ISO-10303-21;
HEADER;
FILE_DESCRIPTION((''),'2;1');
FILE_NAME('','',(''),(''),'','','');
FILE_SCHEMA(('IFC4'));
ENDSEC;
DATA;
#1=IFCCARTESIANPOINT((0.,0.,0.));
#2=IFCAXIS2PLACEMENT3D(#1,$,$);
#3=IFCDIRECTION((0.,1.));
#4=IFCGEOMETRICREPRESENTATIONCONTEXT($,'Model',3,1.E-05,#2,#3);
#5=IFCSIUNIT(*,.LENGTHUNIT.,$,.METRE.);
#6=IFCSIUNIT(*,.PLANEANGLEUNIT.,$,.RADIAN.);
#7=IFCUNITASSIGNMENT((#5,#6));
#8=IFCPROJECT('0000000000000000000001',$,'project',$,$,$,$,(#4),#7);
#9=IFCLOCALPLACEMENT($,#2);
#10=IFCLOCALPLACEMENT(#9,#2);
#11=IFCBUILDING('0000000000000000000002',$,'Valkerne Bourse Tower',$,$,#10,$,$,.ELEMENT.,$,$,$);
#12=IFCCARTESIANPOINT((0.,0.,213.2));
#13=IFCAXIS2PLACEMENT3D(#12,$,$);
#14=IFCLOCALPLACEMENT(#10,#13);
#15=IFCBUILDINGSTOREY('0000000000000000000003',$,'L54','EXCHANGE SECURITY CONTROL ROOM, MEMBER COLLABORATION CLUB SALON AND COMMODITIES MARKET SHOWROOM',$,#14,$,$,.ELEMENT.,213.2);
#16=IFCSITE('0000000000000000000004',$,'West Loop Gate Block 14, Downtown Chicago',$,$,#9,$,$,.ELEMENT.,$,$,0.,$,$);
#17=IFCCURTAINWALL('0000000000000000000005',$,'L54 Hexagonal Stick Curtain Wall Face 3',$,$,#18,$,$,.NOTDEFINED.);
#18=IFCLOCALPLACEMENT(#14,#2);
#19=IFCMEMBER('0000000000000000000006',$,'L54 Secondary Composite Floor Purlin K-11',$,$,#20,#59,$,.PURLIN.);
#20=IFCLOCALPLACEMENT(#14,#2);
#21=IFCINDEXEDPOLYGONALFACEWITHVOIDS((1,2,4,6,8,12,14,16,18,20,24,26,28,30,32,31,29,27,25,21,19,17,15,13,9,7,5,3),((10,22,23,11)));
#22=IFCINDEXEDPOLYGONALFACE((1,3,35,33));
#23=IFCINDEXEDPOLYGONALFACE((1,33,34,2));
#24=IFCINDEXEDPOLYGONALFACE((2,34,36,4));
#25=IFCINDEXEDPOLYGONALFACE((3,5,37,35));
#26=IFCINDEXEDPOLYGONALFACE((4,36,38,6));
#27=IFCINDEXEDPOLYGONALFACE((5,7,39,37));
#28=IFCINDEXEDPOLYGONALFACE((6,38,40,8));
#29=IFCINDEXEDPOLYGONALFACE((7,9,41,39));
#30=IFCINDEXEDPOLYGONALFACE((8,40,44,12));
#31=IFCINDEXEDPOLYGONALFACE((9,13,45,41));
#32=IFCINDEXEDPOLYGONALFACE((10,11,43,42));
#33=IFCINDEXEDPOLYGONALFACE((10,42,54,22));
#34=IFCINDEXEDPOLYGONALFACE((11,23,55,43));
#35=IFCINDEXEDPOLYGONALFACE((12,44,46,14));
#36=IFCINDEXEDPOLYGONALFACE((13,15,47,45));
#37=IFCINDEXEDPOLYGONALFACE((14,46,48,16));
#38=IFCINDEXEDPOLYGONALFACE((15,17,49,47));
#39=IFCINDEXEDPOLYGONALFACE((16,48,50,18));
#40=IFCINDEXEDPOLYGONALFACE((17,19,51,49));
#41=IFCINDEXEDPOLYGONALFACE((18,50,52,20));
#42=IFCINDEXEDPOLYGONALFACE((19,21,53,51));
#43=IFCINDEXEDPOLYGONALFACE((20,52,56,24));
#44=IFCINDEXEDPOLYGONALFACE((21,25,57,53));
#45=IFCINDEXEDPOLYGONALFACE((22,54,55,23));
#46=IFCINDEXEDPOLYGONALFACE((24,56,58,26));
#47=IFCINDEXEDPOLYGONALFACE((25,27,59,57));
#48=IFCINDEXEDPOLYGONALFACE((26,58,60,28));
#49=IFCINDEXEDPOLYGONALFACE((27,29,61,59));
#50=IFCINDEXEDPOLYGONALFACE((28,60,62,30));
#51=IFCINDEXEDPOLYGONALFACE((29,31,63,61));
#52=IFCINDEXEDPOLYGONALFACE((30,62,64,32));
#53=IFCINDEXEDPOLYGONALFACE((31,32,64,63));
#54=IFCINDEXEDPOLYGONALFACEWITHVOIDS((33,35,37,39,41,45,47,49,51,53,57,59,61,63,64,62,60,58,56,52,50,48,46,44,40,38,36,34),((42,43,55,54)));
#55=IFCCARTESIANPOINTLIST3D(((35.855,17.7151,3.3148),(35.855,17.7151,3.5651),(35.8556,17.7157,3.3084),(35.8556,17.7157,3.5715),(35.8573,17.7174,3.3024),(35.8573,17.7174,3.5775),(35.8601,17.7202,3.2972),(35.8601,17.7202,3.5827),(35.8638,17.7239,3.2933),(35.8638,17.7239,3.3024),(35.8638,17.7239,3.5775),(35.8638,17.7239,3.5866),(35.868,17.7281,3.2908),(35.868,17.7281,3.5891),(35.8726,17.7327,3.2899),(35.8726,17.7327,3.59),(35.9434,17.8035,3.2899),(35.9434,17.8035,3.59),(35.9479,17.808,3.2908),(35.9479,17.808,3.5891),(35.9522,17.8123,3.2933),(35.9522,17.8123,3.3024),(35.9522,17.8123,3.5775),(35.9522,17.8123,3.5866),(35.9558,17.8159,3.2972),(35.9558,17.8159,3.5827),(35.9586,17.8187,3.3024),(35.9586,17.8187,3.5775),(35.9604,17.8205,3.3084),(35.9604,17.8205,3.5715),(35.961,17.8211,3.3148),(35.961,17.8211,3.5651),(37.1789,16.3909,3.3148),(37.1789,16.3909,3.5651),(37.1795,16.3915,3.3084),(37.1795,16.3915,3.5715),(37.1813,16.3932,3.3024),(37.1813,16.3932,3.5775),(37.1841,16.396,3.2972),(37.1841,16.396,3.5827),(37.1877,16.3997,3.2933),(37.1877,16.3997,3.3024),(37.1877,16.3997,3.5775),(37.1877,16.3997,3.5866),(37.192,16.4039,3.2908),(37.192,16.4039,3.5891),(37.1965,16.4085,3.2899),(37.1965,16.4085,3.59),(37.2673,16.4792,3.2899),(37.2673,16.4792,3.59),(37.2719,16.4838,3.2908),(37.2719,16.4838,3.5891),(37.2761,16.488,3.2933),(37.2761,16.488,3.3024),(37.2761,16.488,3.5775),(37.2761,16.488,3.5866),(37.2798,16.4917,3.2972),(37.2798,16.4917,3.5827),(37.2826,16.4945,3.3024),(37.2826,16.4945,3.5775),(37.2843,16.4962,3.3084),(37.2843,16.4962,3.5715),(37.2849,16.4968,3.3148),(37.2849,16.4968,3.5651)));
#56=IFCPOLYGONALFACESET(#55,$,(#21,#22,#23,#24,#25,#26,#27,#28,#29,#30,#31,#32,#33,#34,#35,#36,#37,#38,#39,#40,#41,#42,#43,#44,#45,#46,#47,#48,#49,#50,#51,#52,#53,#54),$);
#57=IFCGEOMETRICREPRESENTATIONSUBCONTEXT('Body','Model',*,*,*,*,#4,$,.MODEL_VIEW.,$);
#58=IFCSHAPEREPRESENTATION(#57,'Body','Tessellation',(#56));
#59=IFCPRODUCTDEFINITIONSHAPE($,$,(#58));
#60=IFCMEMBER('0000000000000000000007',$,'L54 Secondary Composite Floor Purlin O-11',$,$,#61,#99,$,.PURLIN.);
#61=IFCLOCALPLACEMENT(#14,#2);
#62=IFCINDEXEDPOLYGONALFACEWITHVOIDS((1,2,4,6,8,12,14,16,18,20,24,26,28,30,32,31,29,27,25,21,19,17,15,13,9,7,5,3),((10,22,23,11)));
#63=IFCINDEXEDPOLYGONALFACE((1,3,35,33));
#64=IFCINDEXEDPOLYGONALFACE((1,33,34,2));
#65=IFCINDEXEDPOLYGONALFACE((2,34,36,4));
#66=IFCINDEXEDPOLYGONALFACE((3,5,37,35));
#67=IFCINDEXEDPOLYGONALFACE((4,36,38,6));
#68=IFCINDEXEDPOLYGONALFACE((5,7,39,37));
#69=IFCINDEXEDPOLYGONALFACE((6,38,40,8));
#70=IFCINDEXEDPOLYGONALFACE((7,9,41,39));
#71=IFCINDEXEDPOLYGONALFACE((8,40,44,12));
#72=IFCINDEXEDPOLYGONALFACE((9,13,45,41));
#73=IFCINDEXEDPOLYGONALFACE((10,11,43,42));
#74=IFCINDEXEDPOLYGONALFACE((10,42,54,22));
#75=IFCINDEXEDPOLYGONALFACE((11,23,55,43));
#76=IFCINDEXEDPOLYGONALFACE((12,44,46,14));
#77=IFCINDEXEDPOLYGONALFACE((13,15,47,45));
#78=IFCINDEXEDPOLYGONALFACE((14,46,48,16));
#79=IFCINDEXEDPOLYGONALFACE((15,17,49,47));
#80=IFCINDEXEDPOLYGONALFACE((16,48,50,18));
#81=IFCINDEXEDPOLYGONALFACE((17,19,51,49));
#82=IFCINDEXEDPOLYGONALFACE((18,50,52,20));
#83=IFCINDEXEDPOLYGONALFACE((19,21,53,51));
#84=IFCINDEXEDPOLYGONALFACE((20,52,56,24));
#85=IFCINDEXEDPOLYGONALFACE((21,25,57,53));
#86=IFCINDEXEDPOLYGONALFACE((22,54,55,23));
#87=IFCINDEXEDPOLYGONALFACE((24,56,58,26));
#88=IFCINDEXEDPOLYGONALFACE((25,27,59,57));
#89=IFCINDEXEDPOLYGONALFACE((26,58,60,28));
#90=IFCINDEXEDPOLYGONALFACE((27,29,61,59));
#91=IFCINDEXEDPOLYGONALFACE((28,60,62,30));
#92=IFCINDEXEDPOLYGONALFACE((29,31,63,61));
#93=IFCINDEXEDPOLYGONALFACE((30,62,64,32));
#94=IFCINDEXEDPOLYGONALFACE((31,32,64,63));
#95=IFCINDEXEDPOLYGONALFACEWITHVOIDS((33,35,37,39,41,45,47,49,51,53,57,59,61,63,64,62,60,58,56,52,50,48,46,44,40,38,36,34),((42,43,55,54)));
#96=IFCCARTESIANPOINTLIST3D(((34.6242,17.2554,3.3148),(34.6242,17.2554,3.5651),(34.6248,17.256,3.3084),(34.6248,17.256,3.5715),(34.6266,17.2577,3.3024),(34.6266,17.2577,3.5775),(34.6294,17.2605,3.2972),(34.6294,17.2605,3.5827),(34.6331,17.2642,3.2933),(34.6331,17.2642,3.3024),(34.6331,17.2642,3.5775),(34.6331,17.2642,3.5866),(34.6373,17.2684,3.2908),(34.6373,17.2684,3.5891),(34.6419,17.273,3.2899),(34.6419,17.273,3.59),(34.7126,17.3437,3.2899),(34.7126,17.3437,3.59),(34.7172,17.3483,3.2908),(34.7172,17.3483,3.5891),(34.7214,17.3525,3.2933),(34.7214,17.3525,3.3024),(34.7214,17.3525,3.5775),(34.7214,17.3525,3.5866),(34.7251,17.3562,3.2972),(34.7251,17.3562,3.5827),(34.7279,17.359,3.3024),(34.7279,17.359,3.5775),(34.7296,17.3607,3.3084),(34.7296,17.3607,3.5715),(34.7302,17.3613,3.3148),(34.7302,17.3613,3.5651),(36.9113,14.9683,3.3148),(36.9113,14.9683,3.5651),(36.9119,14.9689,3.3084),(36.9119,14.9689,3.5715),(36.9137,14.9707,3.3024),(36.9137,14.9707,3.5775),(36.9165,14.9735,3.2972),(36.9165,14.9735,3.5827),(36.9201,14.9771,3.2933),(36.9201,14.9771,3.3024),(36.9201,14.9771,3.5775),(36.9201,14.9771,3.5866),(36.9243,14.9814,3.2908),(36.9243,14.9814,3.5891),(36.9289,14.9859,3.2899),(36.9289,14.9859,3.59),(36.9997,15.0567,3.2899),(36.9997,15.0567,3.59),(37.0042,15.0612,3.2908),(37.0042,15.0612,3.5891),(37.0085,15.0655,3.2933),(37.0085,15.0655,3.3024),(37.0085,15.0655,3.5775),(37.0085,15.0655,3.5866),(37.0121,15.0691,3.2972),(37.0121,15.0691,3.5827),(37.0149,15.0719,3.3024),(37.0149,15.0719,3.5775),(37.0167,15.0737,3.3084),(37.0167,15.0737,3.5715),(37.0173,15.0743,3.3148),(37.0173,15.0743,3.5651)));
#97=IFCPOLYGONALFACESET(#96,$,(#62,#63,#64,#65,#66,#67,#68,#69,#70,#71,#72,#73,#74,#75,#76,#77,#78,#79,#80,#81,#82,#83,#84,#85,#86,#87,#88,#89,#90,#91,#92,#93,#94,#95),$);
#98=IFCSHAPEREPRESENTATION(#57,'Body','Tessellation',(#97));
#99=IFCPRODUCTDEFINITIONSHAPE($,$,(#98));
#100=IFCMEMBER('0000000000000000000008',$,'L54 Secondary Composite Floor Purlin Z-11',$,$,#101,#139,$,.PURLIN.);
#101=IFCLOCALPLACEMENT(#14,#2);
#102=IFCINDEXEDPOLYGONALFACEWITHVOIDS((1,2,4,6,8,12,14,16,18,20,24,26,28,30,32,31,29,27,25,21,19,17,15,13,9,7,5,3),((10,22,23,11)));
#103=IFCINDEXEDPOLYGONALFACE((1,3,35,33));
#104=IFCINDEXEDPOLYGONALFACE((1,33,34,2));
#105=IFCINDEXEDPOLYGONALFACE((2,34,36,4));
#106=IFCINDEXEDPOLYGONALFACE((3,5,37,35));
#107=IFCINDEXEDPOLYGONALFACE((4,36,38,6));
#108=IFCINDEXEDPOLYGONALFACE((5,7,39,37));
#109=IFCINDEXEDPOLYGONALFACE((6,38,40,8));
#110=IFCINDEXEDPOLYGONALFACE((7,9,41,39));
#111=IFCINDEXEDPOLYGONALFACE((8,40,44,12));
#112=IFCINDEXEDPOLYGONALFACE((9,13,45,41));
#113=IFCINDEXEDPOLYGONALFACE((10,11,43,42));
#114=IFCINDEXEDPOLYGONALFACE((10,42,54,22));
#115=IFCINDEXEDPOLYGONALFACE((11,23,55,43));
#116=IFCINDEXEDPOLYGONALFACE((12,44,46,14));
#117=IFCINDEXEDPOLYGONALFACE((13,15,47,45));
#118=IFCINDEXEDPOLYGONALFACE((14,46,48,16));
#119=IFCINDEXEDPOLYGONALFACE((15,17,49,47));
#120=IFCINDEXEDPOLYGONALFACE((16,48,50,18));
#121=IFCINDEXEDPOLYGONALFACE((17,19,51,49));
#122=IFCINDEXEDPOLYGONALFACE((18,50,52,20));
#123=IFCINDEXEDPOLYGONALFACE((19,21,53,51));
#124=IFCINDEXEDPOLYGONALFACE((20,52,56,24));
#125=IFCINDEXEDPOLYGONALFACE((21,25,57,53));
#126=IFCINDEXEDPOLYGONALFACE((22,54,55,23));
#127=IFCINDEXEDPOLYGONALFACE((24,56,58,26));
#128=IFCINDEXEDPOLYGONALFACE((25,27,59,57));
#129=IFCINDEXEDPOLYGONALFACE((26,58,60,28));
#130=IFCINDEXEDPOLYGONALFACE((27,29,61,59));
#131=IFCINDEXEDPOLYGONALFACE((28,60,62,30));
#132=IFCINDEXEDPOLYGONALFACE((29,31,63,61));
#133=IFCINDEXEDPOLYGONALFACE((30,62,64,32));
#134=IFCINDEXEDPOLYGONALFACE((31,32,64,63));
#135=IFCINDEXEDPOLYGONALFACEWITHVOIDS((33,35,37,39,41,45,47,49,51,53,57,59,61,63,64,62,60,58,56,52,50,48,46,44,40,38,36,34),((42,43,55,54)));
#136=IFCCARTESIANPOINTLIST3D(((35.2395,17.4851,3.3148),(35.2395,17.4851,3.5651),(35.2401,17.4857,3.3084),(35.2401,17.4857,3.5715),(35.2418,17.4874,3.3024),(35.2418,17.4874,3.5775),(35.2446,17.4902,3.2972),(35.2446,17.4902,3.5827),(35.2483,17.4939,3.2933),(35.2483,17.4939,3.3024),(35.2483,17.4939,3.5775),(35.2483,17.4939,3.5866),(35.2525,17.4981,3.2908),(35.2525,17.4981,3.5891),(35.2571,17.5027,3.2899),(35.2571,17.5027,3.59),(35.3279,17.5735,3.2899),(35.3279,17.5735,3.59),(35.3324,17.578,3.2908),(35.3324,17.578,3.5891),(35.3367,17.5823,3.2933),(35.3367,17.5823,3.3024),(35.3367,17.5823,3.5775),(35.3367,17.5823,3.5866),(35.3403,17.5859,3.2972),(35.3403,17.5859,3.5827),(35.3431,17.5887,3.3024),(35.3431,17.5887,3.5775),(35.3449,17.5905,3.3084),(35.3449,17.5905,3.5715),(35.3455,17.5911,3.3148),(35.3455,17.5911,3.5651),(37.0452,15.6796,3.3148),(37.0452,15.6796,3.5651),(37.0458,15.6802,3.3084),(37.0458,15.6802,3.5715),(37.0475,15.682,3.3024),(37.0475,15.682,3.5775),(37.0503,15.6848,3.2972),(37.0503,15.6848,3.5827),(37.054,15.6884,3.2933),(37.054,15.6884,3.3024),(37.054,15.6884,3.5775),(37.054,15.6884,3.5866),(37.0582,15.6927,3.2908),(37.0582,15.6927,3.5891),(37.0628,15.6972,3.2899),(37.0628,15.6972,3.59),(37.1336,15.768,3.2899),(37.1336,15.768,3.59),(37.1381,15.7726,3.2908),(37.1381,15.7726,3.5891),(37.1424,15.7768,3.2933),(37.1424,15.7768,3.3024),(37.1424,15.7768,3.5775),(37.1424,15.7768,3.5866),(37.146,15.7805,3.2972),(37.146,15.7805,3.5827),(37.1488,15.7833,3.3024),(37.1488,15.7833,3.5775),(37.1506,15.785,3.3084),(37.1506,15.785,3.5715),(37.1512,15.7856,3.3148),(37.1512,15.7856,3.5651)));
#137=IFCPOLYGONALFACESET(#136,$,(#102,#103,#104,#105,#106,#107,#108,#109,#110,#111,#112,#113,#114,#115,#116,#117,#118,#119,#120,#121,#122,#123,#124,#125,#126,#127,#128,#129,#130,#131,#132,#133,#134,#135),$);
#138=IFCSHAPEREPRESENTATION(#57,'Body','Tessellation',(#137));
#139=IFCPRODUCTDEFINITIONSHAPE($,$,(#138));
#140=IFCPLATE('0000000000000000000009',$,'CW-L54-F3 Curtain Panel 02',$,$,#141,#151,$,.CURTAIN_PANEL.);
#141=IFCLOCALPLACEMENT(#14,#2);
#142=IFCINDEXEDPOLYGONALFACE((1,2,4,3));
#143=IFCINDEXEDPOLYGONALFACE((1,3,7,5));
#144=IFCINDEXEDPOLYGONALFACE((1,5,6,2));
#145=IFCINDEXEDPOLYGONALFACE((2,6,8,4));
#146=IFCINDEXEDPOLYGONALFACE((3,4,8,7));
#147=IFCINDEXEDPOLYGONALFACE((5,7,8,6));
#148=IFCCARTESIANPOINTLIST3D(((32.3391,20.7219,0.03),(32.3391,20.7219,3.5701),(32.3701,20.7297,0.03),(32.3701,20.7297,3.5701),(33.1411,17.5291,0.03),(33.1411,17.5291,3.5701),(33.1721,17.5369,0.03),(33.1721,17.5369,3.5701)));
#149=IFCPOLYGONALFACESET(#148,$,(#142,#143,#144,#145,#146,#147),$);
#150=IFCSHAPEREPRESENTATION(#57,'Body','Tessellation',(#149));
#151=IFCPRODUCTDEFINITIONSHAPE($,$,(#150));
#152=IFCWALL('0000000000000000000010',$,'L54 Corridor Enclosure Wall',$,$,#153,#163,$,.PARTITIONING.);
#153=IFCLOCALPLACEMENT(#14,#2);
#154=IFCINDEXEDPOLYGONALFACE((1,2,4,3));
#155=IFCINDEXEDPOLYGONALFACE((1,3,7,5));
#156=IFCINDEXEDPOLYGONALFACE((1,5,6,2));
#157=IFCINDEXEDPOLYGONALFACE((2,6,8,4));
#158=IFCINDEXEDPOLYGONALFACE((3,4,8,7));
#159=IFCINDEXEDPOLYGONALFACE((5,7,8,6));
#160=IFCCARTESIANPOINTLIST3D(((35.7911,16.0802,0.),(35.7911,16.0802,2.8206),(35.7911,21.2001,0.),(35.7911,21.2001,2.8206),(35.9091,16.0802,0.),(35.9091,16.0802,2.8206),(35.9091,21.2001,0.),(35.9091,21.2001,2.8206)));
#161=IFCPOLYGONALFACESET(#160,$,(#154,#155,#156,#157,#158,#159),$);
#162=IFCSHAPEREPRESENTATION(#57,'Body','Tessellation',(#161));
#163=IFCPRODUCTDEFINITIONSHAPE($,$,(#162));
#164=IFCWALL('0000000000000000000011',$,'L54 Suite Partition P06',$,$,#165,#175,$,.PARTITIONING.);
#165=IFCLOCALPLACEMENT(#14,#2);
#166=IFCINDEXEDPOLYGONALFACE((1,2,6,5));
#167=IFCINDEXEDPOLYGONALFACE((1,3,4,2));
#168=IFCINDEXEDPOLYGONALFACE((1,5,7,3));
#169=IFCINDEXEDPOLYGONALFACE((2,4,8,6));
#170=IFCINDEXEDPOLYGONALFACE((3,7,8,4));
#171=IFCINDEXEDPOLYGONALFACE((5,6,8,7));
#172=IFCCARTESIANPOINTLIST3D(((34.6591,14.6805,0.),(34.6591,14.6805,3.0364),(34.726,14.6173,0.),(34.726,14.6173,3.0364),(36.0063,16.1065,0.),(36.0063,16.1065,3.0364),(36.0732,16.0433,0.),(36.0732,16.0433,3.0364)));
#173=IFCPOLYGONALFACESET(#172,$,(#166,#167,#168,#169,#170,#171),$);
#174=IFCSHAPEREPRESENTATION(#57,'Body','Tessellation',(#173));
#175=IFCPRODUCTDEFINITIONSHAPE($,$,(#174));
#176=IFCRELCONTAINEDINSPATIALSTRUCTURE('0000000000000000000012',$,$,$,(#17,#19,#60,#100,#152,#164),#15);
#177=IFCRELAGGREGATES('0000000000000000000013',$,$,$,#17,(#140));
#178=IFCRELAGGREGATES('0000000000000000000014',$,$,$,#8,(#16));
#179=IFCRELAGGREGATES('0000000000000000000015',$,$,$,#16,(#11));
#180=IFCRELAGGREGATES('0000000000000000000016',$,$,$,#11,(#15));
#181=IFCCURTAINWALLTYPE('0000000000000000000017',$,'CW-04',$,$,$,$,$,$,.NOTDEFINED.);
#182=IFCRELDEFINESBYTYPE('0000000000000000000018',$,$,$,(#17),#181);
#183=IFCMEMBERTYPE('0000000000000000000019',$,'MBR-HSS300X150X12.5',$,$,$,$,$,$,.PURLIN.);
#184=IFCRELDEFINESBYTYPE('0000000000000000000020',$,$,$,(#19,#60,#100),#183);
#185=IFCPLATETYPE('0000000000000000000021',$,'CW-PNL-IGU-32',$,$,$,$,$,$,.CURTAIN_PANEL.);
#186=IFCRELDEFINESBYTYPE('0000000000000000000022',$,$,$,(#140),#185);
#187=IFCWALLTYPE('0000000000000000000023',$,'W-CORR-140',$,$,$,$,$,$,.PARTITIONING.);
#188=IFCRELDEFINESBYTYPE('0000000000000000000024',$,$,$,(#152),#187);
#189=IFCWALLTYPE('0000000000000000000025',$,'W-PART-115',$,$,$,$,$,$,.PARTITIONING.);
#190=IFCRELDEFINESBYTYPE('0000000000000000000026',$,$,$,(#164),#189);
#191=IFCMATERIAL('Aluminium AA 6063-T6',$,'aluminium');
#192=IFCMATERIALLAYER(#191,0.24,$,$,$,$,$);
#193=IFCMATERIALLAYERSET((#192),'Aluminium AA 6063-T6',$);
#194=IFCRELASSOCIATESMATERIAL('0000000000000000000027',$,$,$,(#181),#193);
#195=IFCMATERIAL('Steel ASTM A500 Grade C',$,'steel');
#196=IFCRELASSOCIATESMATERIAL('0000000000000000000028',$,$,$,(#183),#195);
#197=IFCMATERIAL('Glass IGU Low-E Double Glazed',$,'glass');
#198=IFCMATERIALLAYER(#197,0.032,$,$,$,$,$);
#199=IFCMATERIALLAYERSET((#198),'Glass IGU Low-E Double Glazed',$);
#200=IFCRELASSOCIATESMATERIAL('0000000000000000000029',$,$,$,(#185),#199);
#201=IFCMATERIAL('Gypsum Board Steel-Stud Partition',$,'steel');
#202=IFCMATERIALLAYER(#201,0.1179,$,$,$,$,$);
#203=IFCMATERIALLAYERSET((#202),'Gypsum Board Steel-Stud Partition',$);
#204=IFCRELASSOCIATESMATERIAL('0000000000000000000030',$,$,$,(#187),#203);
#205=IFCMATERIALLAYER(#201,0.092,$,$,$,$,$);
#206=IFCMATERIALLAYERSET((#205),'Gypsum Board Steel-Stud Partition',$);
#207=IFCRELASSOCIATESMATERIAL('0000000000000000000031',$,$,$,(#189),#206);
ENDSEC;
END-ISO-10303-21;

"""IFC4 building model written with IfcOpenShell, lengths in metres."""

from ifc_helpers import new_model, si_unit, direction, frame, frame_2d, origin, origin_2d, place, context, subcontext, project, spatial, rectangle, hollow_rectangle, extrude, material, layer, layer_set, material_profile, profile_set, type_object, element, aggregate, save


model = new_model("IFC4")

# Units and contexts
model_context = context("Model", 3, precision=1e-05, world=origin(), true_north=direction((0.0, 1.0)))
body_context = subcontext(model_context, "Body", "Model", "MODEL_VIEW")
ifc_project = project(units=[si_unit("LENGTHUNIT", "METRE"), si_unit("PLANEANGLEUNIT", "RADIAN")], contexts=[model_context])

# Site, building, storey
site_placement = place(None, origin())
site = spatial("IfcSite", under=ifc_project, at=site_placement, Name="West Loop Gate Block 14, Downtown Chicago", CompositionType="ELEMENT", RefElevation=0.0)
building_placement = place(site_placement, origin())
building = spatial("IfcBuilding", under=site, at=building_placement, Name="Valkerne Bourse Tower", CompositionType="ELEMENT")
storey_placement = place(building_placement, frame((0.0, 0.0, 213.2)))
storey = spatial("IfcBuildingStorey", under=building, at=storey_placement, Name="L54", Description="EXCHANGE SECURITY CONTROL ROOM, MEMBER COLLABORATION CLUB SALON AND COMMODITIES MARKET SHOWROOM", CompositionType="ELEMENT", Elevation=213.2)

# Curtain wall
ifc_material_1 = material(Name="Aluminium AA 6063-T6", Category="aluminium")
ifc_layer_1 = layer(ifc_material_1, 0.24)
ifc_layer_set_1 = layer_set([ifc_layer_1], Name="Aluminium AA 6063-T6")
curtain_wall_type = type_object("IfcCurtainWallType", Name="CW-04", PredefinedType="NOTDEFINED", material=ifc_layer_set_1)
curtain_wall_placement = place(storey_placement, origin())
curtain_wall = element("IfcCurtainWall", 1, at=curtain_wall_placement, inside=storey, type_object=curtain_wall_type, Name="L54 Hexagonal Stick Curtain Wall Face 3", PredefinedType="NOTDEFINED")

# Members
ifc_material_2 = material(Name="Steel ASTM A500 Grade C", Category="steel")
ifc_material_profile_1 = material_profile(ifc_material_2, hollow_rectangle(XDim=0.1499, YDim=0.3, WallThickness=0.0125, OuterFilletRadius=0.0249, at=origin_2d()), Name="HSS300X150X12.5")
ifc_profile_set_1 = profile_set([ifc_material_profile_1], Name="Steel ASTM A500 Grade C")
member_type_1 = type_object("IfcMemberType", Name="MBR-HSS300X150X12.5", PredefinedType="PURLIN", material=ifc_profile_set_1)
member_1_placement = place(storey_placement, frame((35.908, 17.7681, 3.4399), z_axis=(0.707042, -0.707172, 0.0), x_axis=(0.707172, 0.707042, 0.0)))
element("IfcMember", 2, at=member_1_placement, inside=storey, type_object=member_type_1, Name="L54 Secondary Composite Floor Purlin K-11", PredefinedType="PURLIN", context=body_context, shape_type="SweptSolid", body=[
    extrude(hollow_rectangle(XDim=0.1499, YDim=0.3, WallThickness=0.0125, OuterFilletRadius=0.0249, at=origin_2d()), origin(), (0.0, 0.0, 1.0), 1.8726),
])
member_2_placement = place(storey_placement, frame((34.6772, 17.3083, 3.4399), z_axis=(0.707107, -0.707107, 0.0), x_axis=(0.707107, 0.707107, 0.0)))
element("IfcMember", 3, at=member_2_placement, inside=storey, type_object=member_type_1, Name="L54 Secondary Composite Floor Purlin O-11", PredefinedType="PURLIN", context=body_context, shape_type="SweptSolid", body=[
    extrude(hollow_rectangle(XDim=0.1499, YDim=0.3, WallThickness=0.0125, OuterFilletRadius=0.0249, at=origin_2d()), origin(), (0.0, 0.0, 1.0), 3.2344),
])
member_3_placement = place(storey_placement, frame((35.2925, 17.5381, 3.4399), z_axis=(0.707155, -0.707059, 0.0), x_axis=(0.707059, 0.707155, 0.0)))
element("IfcMember", 4, at=member_3_placement, inside=storey, type_object=member_type_1, Name="L54 Secondary Composite Floor Purlin Z-11", PredefinedType="PURLIN", context=body_context, shape_type="SweptSolid", body=[
    extrude(hollow_rectangle(XDim=0.1499, YDim=0.3, WallThickness=0.0125, OuterFilletRadius=0.0249, at=origin_2d()), origin(), (0.0, 0.0, 1.0), 2.5535),
])

# Plate
ifc_material_3 = material(Name="Glass IGU Low-E Double Glazed", Category="glass")
ifc_layer_2 = layer(ifc_material_3, 0.032)
ifc_layer_set_2 = layer_set([ifc_layer_2], Name="Glass IGU Low-E Double Glazed")
plate_type = type_object("IfcPlateType", Name="CW-PNL-IGU-32", PredefinedType="CURTAIN_PANEL", material=ifc_layer_set_2)
plate_placement = place(storey_placement, frame((32.7556, 19.1294, 0.03), z_axis=(0.0, 0.0, 1.0), x_axis=(0.243614, -0.969872, 0.0)))
plate = element("IfcPlate", 5, at=plate_placement, type_object=plate_type, Name="CW-L54-F3 Curtain Panel 02", PredefinedType="CURTAIN_PANEL", context=body_context, shape_type="SweptSolid", body=[
    extrude(rectangle(XDim=3.292, YDim=0.032, at=origin_2d()), origin(), (0.0, 0.0, 1.0), 3.54),
])
aggregate(curtain_wall, [plate])

# Walls
ifc_material_4 = material(Name="Gypsum Board Steel-Stud Partition", Category="steel")
ifc_layer_3 = layer(ifc_material_4, 0.1179)
ifc_layer_set_3 = layer_set([ifc_layer_3], Name="Gypsum Board Steel-Stud Partition")
wall_type_1 = type_object("IfcWallType", Name="W-CORR-140", PredefinedType="PARTITIONING", material=ifc_layer_set_3)
wall_1_placement = place(storey_placement, frame((35.8501, 16.0801, 0.0), z_axis=(0.0, 0.0, 1.0), x_axis=(0.0, 1.0, 0.0)))
element("IfcWall", 6, at=wall_1_placement, inside=storey, type_object=wall_type_1, Name="L54 Corridor Enclosure Wall", PredefinedType="PARTITIONING", context=body_context, shape_type="SweptSolid", body=[
    extrude(rectangle(XDim=5.1199, YDim=0.1179, at=frame_2d((2.5601, 0.0))), origin(), (0.0, 0.0, 1.0), 2.8206),
])
ifc_layer_4 = layer(ifc_material_4, 0.092)
ifc_layer_set_4 = layer_set([ifc_layer_4], Name="Gypsum Board Steel-Stud Partition")
wall_type_2 = type_object("IfcWallType", Name="W-PART-115", PredefinedType="PARTITIONING", material=ifc_layer_set_4)
wall_2_placement = place(storey_placement, frame((36.0398, 16.075, 0.0), z_axis=(0.0, 0.0, 1.0), x_axis=(-0.686722, -0.72692, 0.0)))
element("IfcWall", 7, at=wall_2_placement, inside=storey, type_object=wall_type_2, Name="L54 Suite Partition P06", PredefinedType="PARTITIONING", context=body_context, shape_type="SweptSolid", body=[
    extrude(rectangle(XDim=1.9617, YDim=0.092, at=frame_2d((0.981, 0.0))), origin(), (0.0, 0.0, 1.0), 3.0364),
])

save(model, "model.ifc")
